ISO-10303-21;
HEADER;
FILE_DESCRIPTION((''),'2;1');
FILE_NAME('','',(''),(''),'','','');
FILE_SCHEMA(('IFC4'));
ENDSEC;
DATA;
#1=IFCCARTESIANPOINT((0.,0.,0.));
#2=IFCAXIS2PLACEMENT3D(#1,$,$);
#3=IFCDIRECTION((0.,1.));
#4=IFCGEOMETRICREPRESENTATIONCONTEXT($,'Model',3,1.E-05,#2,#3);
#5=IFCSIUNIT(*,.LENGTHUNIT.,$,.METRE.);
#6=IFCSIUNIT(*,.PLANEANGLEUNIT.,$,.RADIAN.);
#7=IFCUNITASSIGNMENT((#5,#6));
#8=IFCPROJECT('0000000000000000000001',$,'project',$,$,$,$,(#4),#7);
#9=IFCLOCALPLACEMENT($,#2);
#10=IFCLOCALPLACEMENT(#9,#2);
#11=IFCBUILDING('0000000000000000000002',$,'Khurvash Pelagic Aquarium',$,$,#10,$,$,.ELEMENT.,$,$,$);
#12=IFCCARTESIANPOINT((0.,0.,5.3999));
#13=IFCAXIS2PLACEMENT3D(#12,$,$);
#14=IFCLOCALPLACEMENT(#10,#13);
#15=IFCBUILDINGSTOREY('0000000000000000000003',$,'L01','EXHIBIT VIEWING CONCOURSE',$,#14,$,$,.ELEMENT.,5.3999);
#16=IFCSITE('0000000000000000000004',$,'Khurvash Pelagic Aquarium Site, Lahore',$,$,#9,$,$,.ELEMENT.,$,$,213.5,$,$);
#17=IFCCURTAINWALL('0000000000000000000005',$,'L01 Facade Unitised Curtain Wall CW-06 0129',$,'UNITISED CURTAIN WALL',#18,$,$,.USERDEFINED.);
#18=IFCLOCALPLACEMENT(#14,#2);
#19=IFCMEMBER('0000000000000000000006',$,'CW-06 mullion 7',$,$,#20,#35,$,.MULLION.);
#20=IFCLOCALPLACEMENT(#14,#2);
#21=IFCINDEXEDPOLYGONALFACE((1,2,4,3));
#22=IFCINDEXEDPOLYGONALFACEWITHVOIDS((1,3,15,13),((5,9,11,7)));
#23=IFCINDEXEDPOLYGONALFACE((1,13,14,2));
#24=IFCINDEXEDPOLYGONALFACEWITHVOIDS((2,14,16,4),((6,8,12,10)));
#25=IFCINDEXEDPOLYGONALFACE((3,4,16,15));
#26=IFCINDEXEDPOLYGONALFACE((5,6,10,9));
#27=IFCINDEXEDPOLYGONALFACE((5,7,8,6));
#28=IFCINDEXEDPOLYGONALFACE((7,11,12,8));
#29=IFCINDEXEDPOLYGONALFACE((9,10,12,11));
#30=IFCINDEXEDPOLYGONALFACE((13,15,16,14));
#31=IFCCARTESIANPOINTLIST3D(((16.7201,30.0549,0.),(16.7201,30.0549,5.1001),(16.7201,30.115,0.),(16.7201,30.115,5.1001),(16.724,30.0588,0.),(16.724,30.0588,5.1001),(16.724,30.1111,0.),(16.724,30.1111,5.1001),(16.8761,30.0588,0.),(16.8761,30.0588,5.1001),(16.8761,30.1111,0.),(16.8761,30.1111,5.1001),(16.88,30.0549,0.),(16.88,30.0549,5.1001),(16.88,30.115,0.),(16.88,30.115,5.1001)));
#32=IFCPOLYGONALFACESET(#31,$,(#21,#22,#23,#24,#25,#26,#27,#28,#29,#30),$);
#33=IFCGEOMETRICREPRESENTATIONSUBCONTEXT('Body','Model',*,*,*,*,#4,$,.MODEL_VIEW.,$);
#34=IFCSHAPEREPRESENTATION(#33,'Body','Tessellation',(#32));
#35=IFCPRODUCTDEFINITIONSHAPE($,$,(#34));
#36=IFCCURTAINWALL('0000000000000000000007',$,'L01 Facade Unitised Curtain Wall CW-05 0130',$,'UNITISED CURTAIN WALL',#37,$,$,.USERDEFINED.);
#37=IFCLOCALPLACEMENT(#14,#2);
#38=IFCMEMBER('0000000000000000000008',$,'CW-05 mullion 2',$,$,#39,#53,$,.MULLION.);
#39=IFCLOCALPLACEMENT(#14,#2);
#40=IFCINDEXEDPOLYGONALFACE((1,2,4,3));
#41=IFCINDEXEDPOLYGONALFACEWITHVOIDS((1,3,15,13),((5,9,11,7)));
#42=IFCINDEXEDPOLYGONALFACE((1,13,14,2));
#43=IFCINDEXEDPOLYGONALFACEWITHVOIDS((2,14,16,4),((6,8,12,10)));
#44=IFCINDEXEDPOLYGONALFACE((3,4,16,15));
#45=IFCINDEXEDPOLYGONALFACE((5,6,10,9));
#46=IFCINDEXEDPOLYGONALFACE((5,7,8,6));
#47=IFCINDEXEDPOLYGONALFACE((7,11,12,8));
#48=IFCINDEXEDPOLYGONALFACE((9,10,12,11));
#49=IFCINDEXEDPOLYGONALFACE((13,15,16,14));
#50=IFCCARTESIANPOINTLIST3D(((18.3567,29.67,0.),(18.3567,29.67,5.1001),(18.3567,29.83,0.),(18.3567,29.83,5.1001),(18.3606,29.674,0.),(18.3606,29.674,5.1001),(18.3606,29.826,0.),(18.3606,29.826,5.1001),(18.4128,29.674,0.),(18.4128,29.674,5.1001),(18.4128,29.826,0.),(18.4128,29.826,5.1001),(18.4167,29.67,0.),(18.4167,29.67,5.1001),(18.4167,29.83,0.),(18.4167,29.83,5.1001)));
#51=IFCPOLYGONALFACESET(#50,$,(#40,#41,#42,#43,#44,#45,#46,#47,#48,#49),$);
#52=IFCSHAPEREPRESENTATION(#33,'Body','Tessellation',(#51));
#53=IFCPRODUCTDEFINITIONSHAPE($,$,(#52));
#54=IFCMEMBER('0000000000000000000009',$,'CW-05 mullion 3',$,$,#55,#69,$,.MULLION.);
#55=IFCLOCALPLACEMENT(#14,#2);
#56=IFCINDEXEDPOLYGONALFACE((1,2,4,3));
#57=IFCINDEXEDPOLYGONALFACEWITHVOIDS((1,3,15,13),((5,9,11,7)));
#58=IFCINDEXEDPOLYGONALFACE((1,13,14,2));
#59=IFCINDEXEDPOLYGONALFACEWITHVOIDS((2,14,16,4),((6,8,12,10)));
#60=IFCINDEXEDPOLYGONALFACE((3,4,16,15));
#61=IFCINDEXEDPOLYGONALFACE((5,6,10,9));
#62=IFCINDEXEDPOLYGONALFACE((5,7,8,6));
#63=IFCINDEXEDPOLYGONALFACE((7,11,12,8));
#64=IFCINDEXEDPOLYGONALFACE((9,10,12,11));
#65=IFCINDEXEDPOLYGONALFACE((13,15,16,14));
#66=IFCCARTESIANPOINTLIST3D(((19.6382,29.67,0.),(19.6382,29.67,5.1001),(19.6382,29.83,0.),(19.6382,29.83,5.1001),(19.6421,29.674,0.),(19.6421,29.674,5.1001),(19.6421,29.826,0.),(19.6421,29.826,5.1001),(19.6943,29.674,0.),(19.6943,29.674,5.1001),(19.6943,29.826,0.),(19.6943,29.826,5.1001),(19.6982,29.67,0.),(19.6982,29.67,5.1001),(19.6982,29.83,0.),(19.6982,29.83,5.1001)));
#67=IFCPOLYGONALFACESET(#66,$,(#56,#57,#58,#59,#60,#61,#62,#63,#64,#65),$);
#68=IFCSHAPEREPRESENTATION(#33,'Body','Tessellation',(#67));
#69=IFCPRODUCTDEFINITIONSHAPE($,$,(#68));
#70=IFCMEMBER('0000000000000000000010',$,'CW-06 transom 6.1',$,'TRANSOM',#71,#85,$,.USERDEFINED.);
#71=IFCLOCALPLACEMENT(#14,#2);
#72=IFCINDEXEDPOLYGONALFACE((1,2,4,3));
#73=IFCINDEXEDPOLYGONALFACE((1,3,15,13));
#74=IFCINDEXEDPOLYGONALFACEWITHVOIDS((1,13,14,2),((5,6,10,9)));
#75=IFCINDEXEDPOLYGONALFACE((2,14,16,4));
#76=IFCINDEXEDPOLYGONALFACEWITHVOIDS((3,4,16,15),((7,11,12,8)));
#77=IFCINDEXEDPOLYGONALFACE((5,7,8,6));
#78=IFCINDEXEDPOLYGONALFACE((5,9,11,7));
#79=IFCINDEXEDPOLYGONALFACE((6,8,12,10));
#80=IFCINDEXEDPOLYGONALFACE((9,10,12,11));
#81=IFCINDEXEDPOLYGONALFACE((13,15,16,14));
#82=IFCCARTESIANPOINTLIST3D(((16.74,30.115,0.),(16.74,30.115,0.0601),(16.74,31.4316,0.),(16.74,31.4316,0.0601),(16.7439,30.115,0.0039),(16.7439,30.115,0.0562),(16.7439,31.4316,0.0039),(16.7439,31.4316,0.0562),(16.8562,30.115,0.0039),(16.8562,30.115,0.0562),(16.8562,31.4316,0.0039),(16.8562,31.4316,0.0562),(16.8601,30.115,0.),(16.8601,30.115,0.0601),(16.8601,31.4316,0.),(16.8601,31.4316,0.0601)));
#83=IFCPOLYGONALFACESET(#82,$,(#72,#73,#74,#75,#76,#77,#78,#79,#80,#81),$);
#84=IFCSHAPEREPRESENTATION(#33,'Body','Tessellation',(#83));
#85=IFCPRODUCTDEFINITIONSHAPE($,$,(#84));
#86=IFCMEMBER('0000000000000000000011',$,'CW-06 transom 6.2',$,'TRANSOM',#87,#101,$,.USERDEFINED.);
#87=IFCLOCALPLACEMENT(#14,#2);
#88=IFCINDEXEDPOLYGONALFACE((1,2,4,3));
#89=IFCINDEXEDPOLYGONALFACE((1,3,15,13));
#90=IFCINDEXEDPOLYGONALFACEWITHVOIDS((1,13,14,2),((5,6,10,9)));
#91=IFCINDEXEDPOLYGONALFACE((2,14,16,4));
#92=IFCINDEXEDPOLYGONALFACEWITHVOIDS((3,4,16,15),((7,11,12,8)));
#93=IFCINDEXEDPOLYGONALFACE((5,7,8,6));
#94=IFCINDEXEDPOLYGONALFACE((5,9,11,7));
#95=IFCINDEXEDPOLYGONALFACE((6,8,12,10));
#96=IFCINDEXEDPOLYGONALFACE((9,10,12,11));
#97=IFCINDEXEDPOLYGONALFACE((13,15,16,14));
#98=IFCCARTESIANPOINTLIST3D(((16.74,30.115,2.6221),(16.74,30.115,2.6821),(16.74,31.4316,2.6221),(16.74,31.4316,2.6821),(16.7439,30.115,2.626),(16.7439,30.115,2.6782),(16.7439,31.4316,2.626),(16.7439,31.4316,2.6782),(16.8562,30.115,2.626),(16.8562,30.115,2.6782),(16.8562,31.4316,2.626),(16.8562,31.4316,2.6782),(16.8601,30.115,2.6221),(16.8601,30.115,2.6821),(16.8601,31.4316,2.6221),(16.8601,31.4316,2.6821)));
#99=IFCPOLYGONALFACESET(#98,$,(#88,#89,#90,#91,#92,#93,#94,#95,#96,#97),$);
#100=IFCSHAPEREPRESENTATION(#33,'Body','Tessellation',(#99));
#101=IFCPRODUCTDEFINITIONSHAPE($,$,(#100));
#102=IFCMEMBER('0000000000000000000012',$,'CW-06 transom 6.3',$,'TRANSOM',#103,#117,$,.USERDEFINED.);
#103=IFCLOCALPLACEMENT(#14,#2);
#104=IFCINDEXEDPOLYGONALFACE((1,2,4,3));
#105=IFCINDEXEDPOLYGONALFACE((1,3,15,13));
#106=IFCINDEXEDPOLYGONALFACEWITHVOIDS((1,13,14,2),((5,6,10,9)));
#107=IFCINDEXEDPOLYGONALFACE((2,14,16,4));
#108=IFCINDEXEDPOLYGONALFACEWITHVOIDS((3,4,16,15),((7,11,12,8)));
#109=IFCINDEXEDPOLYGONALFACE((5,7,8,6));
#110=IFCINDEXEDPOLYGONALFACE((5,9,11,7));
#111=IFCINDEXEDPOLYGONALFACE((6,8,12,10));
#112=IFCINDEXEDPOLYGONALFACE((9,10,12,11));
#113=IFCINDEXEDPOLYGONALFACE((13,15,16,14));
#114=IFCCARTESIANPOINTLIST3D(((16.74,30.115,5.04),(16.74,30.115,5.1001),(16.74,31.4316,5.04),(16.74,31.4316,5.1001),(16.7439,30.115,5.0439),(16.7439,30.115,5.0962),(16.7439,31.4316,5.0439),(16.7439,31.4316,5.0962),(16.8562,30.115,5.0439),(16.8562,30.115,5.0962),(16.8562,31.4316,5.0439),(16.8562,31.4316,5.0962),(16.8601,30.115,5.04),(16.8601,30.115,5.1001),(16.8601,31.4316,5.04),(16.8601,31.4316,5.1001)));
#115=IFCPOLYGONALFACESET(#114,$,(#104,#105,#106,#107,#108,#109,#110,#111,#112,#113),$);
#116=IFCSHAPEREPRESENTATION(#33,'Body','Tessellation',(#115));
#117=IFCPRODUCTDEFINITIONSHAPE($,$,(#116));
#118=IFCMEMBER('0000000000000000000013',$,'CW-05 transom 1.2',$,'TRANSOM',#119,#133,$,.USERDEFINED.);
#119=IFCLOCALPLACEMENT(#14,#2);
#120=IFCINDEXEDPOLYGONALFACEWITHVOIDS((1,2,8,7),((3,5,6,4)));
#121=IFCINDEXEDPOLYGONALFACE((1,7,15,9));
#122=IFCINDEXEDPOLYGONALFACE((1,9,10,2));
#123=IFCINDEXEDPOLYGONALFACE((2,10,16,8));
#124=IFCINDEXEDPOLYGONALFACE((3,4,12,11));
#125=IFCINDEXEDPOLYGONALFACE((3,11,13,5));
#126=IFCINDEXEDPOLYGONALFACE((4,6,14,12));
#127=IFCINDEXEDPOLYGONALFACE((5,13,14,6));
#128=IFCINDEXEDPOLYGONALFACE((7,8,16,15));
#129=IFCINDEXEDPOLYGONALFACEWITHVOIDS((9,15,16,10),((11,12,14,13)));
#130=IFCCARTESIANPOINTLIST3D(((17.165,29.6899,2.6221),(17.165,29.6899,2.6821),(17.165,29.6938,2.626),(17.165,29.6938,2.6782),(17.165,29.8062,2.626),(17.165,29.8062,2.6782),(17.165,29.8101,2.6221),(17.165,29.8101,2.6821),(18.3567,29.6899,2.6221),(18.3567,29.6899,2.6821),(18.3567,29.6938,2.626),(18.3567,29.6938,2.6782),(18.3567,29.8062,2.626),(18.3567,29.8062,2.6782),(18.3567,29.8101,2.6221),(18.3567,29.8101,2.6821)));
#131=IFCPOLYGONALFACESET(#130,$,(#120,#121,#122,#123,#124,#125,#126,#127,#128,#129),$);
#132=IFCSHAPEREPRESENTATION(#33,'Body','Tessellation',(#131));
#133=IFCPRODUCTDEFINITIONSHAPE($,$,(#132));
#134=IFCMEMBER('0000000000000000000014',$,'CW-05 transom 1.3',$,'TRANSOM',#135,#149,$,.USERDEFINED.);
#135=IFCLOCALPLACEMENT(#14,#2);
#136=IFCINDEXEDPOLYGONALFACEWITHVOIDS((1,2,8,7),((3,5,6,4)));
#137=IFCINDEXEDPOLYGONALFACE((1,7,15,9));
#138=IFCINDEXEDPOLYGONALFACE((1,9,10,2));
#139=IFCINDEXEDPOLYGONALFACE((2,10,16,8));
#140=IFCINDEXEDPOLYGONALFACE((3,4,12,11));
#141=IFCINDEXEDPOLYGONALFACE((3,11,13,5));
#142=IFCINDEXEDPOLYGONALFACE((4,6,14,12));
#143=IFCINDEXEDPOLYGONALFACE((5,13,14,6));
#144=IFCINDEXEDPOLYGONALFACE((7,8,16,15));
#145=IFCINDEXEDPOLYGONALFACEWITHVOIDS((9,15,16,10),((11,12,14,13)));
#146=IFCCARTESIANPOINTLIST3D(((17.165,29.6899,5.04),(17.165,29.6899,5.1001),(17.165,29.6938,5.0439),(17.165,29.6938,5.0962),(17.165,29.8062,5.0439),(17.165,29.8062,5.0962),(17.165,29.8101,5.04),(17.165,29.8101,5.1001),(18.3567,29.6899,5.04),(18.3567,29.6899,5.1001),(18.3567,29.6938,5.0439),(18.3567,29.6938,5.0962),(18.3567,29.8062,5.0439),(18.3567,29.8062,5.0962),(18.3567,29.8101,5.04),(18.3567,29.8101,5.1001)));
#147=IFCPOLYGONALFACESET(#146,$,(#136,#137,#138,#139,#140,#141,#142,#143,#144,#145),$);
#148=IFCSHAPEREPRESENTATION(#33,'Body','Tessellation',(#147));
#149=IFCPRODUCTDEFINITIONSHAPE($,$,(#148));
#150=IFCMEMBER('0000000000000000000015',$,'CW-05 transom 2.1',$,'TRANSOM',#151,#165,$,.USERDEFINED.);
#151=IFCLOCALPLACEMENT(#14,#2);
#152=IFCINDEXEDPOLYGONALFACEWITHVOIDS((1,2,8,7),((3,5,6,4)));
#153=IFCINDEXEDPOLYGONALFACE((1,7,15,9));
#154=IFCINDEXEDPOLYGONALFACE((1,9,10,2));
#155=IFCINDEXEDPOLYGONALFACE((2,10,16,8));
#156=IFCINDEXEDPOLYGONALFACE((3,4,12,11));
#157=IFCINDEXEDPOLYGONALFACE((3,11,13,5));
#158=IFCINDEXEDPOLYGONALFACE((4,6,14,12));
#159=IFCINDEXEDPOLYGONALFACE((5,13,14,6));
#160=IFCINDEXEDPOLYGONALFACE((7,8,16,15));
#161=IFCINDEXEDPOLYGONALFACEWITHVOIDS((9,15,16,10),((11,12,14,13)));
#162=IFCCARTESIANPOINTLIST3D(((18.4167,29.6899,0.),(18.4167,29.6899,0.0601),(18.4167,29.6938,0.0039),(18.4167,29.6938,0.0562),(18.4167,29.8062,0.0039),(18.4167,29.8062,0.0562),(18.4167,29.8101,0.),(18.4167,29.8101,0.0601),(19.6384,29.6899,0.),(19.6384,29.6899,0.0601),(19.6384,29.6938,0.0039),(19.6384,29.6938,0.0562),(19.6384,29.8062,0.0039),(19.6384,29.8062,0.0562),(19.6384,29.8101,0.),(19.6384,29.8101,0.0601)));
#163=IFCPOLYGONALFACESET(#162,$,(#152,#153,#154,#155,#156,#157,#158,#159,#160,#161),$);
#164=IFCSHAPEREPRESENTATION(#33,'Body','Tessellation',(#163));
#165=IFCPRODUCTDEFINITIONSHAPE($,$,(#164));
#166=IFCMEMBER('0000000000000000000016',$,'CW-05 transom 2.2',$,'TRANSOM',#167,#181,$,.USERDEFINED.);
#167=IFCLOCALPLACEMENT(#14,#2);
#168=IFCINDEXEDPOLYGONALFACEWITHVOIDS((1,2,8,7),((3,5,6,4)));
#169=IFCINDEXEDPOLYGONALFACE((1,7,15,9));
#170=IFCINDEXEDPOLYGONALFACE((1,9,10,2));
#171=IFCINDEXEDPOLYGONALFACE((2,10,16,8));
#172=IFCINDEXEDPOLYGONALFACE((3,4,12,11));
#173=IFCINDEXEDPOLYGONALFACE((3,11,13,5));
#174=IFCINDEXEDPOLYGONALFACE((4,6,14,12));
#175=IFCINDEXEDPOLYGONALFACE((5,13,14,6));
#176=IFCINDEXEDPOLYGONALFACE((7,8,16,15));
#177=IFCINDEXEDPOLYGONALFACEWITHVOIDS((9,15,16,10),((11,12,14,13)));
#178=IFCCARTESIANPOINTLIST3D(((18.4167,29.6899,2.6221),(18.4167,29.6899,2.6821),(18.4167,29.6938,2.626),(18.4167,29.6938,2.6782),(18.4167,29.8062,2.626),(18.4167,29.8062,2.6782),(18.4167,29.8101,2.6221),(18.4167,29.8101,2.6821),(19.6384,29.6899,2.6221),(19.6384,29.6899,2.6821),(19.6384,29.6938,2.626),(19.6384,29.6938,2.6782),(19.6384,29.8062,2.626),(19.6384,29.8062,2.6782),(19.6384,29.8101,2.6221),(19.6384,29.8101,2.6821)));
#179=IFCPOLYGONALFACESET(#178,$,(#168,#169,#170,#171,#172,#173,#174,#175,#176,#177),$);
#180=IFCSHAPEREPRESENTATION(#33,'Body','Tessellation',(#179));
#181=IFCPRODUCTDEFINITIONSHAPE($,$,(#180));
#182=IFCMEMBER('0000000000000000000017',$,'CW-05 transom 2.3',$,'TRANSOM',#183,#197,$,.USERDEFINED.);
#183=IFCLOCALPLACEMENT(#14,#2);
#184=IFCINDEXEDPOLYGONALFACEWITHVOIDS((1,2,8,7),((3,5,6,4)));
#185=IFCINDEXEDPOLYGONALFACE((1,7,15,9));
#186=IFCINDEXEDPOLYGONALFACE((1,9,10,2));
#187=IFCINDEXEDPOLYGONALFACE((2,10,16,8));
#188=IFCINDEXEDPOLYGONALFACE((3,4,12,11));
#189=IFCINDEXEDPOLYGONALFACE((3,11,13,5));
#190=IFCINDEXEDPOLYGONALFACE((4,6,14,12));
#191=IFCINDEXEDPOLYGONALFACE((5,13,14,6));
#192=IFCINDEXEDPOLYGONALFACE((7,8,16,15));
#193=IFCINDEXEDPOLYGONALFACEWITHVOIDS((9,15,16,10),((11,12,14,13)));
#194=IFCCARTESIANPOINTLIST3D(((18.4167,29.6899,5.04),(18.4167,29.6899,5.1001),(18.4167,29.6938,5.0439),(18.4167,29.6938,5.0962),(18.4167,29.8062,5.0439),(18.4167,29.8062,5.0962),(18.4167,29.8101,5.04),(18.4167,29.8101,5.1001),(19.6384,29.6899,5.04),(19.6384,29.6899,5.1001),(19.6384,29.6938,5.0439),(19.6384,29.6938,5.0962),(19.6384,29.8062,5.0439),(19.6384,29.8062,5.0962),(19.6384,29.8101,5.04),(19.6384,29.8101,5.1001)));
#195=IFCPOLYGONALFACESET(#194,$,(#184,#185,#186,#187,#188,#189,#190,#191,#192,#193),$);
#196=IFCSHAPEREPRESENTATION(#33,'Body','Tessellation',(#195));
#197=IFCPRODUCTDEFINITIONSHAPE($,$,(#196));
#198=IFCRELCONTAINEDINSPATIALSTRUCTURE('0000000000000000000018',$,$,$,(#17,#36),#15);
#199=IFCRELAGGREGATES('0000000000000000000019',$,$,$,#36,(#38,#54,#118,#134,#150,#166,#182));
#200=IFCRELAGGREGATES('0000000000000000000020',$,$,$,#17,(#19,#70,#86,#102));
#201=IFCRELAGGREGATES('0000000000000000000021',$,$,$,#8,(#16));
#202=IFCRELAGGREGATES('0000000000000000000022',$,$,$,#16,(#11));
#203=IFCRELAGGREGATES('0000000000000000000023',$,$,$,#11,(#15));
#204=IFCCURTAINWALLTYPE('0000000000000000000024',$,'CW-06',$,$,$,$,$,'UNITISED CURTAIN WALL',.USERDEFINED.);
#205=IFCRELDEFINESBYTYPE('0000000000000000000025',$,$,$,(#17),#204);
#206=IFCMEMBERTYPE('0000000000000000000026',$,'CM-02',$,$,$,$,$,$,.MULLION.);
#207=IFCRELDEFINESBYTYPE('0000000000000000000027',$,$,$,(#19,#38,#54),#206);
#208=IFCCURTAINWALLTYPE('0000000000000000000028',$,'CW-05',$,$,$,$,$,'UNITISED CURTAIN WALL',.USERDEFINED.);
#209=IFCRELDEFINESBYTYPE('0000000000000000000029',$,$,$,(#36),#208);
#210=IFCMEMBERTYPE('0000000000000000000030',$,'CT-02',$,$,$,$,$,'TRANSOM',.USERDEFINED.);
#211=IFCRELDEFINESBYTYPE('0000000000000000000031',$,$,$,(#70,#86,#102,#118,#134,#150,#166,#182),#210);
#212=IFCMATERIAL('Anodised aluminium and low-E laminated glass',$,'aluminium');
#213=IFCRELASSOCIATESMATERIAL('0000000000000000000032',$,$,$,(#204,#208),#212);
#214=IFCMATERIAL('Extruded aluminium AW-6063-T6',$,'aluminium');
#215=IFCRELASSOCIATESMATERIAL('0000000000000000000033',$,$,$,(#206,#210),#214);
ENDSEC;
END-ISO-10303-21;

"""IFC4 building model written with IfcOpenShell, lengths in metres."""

from ifc_helpers import new_model, si_unit, direction, frame, origin, origin_2d, place, context, subcontext, project, spatial, hollow_rectangle, extrude, material, material_profile, profile_set, type_object, element, aggregate, save


model = new_model("IFC4")

# Units and contexts
model_context = context("Model", 3, precision=1e-05, world=origin(), true_north=direction((0.0, 1.0)))
body_context = subcontext(model_context, "Body", "Model", "MODEL_VIEW")
ifc_project = project(units=[si_unit("LENGTHUNIT", "METRE"), si_unit("PLANEANGLEUNIT", "RADIAN")], contexts=[model_context])

# Site, building, storey
site_placement = place(None, origin())
site = spatial("IfcSite", under=ifc_project, at=site_placement, Name="Khurvash Pelagic Aquarium Site, Lahore", CompositionType="ELEMENT", RefElevation=213.5)
building_placement = place(site_placement, origin())
building = spatial("IfcBuilding", under=site, at=building_placement, Name="Khurvash Pelagic Aquarium", CompositionType="ELEMENT")
storey_placement = place(building_placement, frame((0.0, 0.0, 5.3999)))
storey = spatial("IfcBuildingStorey", under=building, at=storey_placement, Name="L01", Description="EXHIBIT VIEWING CONCOURSE", CompositionType="ELEMENT", Elevation=5.3999)

# Curtain wall, member
ifc_material_1 = material(Name="Anodised aluminium and low-E laminated glass", Category="aluminium")
curtain_wall_type_1 = type_object("IfcCurtainWallType", Name="CW-06", ElementType="UNITISED CURTAIN WALL", PredefinedType="USERDEFINED", material=ifc_material_1)
curtain_wall_1_placement = place(storey_placement, origin())
curtain_wall_1 = element("IfcCurtainWall", 1, at=curtain_wall_1_placement, inside=storey, type_object=curtain_wall_type_1, Name="L01 Facade Unitised Curtain Wall CW-06 0129", ObjectType="UNITISED CURTAIN WALL", PredefinedType="USERDEFINED")
ifc_material_2 = material(Name="Extruded aluminium AW-6063-T6", Category="aluminium")
ifc_material_profile_1 = material_profile(ifc_material_2, hollow_rectangle(XDim=0.0601, YDim=0.1599, WallThickness=0.0039, at=origin_2d()), Name="CWM60X160X4")
ifc_profile_set_1 = profile_set([ifc_material_profile_1], Name="Extruded aluminium AW-6063-T6")
member_type_1 = type_object("IfcMemberType", Name="CM-02", PredefinedType="MULLION", material=ifc_profile_set_1)
member_1_placement = place(storey_placement, frame((16.8, 30.085, 0.0), z_axis=(0.0, 0.0, 1.0), x_axis=(0.0, -1.0, 0.0)))
member_1 = element("IfcMember", 2, at=member_1_placement, type_object=member_type_1, Name="CW-06 mullion 7", PredefinedType="MULLION", context=body_context, shape_type="SweptSolid", body=[
    extrude(hollow_rectangle(XDim=0.0601, YDim=0.1599, WallThickness=0.0039, at=origin_2d()), origin(), (0.0, 0.0, 1.0), 5.1001),
])

# Curtain wall, members
curtain_wall_type_2 = type_object("IfcCurtainWallType", Name="CW-05", ElementType="UNITISED CURTAIN WALL", PredefinedType="USERDEFINED", material=ifc_material_1)
curtain_wall_2_placement = place(storey_placement, origin())
curtain_wall_2 = element("IfcCurtainWall", 3, at=curtain_wall_2_placement, inside=storey, type_object=curtain_wall_type_2, Name="L01 Facade Unitised Curtain Wall CW-05 0130", ObjectType="UNITISED CURTAIN WALL", PredefinedType="USERDEFINED")
member_2_placement = place(storey_placement, frame((18.3867, 29.75, 0.0), z_axis=(0.0, 0.0, 1.0), x_axis=(1.0, 0.0, 0.0)))
member_2 = element("IfcMember", 4, at=member_2_placement, type_object=member_type_1, Name="CW-05 mullion 2", PredefinedType="MULLION", context=body_context, shape_type="SweptSolid", body=[
    extrude(hollow_rectangle(XDim=0.0601, YDim=0.1599, WallThickness=0.0039, at=origin_2d()), origin(), (0.0, 0.0, 1.0), 5.1001),
])
member_3_placement = place(storey_placement, frame((19.6682, 29.75, 0.0), z_axis=(0.0, 0.0, 1.0), x_axis=(1.0, 0.0, 0.0)))
member_3 = element("IfcMember", 5, at=member_3_placement, type_object=member_type_1, Name="CW-05 mullion 3", PredefinedType="MULLION", context=body_context, shape_type="SweptSolid", body=[
    extrude(hollow_rectangle(XDim=0.0601, YDim=0.1599, WallThickness=0.0039, at=origin_2d()), origin(), (0.0, 0.0, 1.0), 5.1001),
])

# Members
ifc_material_profile_2 = material_profile(ifc_material_2, hollow_rectangle(XDim=0.1201, YDim=0.0601, WallThickness=0.0039, at=origin_2d()), Name="CWT120X60X4")
ifc_profile_set_2 = profile_set([ifc_material_profile_2], Name="Extruded aluminium AW-6063-T6")
member_type_2 = type_object("IfcMemberType", Name="CT-02", ElementType="TRANSOM", PredefinedType="USERDEFINED", material=ifc_profile_set_2)
member_4_placement = place(storey_placement, frame((16.8, 31.4316, 0.03), z_axis=(0.0, -1.0, 0.0), x_axis=(1.0, 0.0, 0.0)))
member_4 = element("IfcMember", 6, at=member_4_placement, type_object=member_type_2, Name="CW-06 transom 6.1", ObjectType="TRANSOM", PredefinedType="USERDEFINED", context=body_context, shape_type="SweptSolid", body=[
    extrude(hollow_rectangle(XDim=0.1201, YDim=0.0601, WallThickness=0.0039, at=origin_2d()), origin(), (0.0, 0.0, 1.0), 1.3167),
])
member_5_placement = place(storey_placement, frame((16.8, 31.4316, 2.6521), z_axis=(0.0, -1.0, 0.0), x_axis=(1.0, 0.0, 0.0)))
member_5 = element("IfcMember", 7, at=member_5_placement, type_object=member_type_2, Name="CW-06 transom 6.2", ObjectType="TRANSOM", PredefinedType="USERDEFINED", context=body_context, shape_type="SweptSolid", body=[
    extrude(hollow_rectangle(XDim=0.1201, YDim=0.0601, WallThickness=0.0039, at=origin_2d()), origin(), (0.0, 0.0, 1.0), 1.3167),
])
member_6_placement = place(storey_placement, frame((16.8, 31.4316, 5.0701), z_axis=(0.0, -1.0, 0.0), x_axis=(1.0, 0.0, 0.0)))
member_6 = element("IfcMember", 8, at=member_6_placement, type_object=member_type_2, Name="CW-06 transom 6.3", ObjectType="TRANSOM", PredefinedType="USERDEFINED", context=body_context, shape_type="SweptSolid", body=[
    extrude(hollow_rectangle(XDim=0.1201, YDim=0.0601, WallThickness=0.0039, at=origin_2d()), origin(), (0.0, 0.0, 1.0), 1.3167),
])
member_7_placement = place(storey_placement, frame((17.165, 29.75, 2.6521), z_axis=(1.0, 0.0, 0.0), x_axis=(0.0, 1.0, 0.0)))
member_7 = element("IfcMember", 9, at=member_7_placement, type_object=member_type_2, Name="CW-05 transom 1.2", ObjectType="TRANSOM", PredefinedType="USERDEFINED", context=body_context, shape_type="SweptSolid", body=[
    extrude(hollow_rectangle(XDim=0.1201, YDim=0.0601, WallThickness=0.0039, at=origin_2d()), origin(), (0.0, 0.0, 1.0), 1.1917),
])
member_8_placement = place(storey_placement, frame((17.165, 29.75, 5.0701), z_axis=(1.0, 0.0, 0.0), x_axis=(0.0, 1.0, 0.0)))
member_8 = element("IfcMember", 10, at=member_8_placement, type_object=member_type_2, Name="CW-05 transom 1.3", ObjectType="TRANSOM", PredefinedType="USERDEFINED", context=body_context, shape_type="SweptSolid", body=[
    extrude(hollow_rectangle(XDim=0.1201, YDim=0.0601, WallThickness=0.0039, at=origin_2d()), origin(), (0.0, 0.0, 1.0), 1.1917),
])
member_9_placement = place(storey_placement, frame((18.4167, 29.75, 0.03), z_axis=(1.0, 0.0, 0.0), x_axis=(0.0, 1.0, 0.0)))
member_9 = element("IfcMember", 11, at=member_9_placement, type_object=member_type_2, Name="CW-05 transom 2.1", ObjectType="TRANSOM", PredefinedType="USERDEFINED", context=body_context, shape_type="SweptSolid", body=[
    extrude(hollow_rectangle(XDim=0.1201, YDim=0.0601, WallThickness=0.0039, at=origin_2d()), origin(), (0.0, 0.0, 1.0), 1.2217),
])
member_10_placement = place(storey_placement, frame((18.4167, 29.75, 2.6521), z_axis=(1.0, 0.0, 0.0), x_axis=(0.0, 1.0, 0.0)))
member_10 = element("IfcMember", 12, at=member_10_placement, type_object=member_type_2, Name="CW-05 transom 2.2", ObjectType="TRANSOM", PredefinedType="USERDEFINED", context=body_context, shape_type="SweptSolid", body=[
    extrude(hollow_rectangle(XDim=0.1201, YDim=0.0601, WallThickness=0.0039, at=origin_2d()), origin(), (0.0, 0.0, 1.0), 1.2217),
])
member_11_placement = place(storey_placement, frame((18.4167, 29.75, 5.0701), z_axis=(1.0, 0.0, 0.0), x_axis=(0.0, 1.0, 0.0)))
member_11 = element("IfcMember", 13, at=member_11_placement, type_object=member_type_2, Name="CW-05 transom 2.3", ObjectType="TRANSOM", PredefinedType="USERDEFINED", context=body_context, shape_type="SweptSolid", body=[
    extrude(hollow_rectangle(XDim=0.1201, YDim=0.0601, WallThickness=0.0039, at=origin_2d()), origin(), (0.0, 0.0, 1.0), 1.2217),
])

aggregate(curtain_wall_2, [member_2, member_3, member_7, member_8, member_9, member_10, member_11])
aggregate(curtain_wall_1, [member_1, member_4, member_5, member_6])

save(model, "model.ifc")
